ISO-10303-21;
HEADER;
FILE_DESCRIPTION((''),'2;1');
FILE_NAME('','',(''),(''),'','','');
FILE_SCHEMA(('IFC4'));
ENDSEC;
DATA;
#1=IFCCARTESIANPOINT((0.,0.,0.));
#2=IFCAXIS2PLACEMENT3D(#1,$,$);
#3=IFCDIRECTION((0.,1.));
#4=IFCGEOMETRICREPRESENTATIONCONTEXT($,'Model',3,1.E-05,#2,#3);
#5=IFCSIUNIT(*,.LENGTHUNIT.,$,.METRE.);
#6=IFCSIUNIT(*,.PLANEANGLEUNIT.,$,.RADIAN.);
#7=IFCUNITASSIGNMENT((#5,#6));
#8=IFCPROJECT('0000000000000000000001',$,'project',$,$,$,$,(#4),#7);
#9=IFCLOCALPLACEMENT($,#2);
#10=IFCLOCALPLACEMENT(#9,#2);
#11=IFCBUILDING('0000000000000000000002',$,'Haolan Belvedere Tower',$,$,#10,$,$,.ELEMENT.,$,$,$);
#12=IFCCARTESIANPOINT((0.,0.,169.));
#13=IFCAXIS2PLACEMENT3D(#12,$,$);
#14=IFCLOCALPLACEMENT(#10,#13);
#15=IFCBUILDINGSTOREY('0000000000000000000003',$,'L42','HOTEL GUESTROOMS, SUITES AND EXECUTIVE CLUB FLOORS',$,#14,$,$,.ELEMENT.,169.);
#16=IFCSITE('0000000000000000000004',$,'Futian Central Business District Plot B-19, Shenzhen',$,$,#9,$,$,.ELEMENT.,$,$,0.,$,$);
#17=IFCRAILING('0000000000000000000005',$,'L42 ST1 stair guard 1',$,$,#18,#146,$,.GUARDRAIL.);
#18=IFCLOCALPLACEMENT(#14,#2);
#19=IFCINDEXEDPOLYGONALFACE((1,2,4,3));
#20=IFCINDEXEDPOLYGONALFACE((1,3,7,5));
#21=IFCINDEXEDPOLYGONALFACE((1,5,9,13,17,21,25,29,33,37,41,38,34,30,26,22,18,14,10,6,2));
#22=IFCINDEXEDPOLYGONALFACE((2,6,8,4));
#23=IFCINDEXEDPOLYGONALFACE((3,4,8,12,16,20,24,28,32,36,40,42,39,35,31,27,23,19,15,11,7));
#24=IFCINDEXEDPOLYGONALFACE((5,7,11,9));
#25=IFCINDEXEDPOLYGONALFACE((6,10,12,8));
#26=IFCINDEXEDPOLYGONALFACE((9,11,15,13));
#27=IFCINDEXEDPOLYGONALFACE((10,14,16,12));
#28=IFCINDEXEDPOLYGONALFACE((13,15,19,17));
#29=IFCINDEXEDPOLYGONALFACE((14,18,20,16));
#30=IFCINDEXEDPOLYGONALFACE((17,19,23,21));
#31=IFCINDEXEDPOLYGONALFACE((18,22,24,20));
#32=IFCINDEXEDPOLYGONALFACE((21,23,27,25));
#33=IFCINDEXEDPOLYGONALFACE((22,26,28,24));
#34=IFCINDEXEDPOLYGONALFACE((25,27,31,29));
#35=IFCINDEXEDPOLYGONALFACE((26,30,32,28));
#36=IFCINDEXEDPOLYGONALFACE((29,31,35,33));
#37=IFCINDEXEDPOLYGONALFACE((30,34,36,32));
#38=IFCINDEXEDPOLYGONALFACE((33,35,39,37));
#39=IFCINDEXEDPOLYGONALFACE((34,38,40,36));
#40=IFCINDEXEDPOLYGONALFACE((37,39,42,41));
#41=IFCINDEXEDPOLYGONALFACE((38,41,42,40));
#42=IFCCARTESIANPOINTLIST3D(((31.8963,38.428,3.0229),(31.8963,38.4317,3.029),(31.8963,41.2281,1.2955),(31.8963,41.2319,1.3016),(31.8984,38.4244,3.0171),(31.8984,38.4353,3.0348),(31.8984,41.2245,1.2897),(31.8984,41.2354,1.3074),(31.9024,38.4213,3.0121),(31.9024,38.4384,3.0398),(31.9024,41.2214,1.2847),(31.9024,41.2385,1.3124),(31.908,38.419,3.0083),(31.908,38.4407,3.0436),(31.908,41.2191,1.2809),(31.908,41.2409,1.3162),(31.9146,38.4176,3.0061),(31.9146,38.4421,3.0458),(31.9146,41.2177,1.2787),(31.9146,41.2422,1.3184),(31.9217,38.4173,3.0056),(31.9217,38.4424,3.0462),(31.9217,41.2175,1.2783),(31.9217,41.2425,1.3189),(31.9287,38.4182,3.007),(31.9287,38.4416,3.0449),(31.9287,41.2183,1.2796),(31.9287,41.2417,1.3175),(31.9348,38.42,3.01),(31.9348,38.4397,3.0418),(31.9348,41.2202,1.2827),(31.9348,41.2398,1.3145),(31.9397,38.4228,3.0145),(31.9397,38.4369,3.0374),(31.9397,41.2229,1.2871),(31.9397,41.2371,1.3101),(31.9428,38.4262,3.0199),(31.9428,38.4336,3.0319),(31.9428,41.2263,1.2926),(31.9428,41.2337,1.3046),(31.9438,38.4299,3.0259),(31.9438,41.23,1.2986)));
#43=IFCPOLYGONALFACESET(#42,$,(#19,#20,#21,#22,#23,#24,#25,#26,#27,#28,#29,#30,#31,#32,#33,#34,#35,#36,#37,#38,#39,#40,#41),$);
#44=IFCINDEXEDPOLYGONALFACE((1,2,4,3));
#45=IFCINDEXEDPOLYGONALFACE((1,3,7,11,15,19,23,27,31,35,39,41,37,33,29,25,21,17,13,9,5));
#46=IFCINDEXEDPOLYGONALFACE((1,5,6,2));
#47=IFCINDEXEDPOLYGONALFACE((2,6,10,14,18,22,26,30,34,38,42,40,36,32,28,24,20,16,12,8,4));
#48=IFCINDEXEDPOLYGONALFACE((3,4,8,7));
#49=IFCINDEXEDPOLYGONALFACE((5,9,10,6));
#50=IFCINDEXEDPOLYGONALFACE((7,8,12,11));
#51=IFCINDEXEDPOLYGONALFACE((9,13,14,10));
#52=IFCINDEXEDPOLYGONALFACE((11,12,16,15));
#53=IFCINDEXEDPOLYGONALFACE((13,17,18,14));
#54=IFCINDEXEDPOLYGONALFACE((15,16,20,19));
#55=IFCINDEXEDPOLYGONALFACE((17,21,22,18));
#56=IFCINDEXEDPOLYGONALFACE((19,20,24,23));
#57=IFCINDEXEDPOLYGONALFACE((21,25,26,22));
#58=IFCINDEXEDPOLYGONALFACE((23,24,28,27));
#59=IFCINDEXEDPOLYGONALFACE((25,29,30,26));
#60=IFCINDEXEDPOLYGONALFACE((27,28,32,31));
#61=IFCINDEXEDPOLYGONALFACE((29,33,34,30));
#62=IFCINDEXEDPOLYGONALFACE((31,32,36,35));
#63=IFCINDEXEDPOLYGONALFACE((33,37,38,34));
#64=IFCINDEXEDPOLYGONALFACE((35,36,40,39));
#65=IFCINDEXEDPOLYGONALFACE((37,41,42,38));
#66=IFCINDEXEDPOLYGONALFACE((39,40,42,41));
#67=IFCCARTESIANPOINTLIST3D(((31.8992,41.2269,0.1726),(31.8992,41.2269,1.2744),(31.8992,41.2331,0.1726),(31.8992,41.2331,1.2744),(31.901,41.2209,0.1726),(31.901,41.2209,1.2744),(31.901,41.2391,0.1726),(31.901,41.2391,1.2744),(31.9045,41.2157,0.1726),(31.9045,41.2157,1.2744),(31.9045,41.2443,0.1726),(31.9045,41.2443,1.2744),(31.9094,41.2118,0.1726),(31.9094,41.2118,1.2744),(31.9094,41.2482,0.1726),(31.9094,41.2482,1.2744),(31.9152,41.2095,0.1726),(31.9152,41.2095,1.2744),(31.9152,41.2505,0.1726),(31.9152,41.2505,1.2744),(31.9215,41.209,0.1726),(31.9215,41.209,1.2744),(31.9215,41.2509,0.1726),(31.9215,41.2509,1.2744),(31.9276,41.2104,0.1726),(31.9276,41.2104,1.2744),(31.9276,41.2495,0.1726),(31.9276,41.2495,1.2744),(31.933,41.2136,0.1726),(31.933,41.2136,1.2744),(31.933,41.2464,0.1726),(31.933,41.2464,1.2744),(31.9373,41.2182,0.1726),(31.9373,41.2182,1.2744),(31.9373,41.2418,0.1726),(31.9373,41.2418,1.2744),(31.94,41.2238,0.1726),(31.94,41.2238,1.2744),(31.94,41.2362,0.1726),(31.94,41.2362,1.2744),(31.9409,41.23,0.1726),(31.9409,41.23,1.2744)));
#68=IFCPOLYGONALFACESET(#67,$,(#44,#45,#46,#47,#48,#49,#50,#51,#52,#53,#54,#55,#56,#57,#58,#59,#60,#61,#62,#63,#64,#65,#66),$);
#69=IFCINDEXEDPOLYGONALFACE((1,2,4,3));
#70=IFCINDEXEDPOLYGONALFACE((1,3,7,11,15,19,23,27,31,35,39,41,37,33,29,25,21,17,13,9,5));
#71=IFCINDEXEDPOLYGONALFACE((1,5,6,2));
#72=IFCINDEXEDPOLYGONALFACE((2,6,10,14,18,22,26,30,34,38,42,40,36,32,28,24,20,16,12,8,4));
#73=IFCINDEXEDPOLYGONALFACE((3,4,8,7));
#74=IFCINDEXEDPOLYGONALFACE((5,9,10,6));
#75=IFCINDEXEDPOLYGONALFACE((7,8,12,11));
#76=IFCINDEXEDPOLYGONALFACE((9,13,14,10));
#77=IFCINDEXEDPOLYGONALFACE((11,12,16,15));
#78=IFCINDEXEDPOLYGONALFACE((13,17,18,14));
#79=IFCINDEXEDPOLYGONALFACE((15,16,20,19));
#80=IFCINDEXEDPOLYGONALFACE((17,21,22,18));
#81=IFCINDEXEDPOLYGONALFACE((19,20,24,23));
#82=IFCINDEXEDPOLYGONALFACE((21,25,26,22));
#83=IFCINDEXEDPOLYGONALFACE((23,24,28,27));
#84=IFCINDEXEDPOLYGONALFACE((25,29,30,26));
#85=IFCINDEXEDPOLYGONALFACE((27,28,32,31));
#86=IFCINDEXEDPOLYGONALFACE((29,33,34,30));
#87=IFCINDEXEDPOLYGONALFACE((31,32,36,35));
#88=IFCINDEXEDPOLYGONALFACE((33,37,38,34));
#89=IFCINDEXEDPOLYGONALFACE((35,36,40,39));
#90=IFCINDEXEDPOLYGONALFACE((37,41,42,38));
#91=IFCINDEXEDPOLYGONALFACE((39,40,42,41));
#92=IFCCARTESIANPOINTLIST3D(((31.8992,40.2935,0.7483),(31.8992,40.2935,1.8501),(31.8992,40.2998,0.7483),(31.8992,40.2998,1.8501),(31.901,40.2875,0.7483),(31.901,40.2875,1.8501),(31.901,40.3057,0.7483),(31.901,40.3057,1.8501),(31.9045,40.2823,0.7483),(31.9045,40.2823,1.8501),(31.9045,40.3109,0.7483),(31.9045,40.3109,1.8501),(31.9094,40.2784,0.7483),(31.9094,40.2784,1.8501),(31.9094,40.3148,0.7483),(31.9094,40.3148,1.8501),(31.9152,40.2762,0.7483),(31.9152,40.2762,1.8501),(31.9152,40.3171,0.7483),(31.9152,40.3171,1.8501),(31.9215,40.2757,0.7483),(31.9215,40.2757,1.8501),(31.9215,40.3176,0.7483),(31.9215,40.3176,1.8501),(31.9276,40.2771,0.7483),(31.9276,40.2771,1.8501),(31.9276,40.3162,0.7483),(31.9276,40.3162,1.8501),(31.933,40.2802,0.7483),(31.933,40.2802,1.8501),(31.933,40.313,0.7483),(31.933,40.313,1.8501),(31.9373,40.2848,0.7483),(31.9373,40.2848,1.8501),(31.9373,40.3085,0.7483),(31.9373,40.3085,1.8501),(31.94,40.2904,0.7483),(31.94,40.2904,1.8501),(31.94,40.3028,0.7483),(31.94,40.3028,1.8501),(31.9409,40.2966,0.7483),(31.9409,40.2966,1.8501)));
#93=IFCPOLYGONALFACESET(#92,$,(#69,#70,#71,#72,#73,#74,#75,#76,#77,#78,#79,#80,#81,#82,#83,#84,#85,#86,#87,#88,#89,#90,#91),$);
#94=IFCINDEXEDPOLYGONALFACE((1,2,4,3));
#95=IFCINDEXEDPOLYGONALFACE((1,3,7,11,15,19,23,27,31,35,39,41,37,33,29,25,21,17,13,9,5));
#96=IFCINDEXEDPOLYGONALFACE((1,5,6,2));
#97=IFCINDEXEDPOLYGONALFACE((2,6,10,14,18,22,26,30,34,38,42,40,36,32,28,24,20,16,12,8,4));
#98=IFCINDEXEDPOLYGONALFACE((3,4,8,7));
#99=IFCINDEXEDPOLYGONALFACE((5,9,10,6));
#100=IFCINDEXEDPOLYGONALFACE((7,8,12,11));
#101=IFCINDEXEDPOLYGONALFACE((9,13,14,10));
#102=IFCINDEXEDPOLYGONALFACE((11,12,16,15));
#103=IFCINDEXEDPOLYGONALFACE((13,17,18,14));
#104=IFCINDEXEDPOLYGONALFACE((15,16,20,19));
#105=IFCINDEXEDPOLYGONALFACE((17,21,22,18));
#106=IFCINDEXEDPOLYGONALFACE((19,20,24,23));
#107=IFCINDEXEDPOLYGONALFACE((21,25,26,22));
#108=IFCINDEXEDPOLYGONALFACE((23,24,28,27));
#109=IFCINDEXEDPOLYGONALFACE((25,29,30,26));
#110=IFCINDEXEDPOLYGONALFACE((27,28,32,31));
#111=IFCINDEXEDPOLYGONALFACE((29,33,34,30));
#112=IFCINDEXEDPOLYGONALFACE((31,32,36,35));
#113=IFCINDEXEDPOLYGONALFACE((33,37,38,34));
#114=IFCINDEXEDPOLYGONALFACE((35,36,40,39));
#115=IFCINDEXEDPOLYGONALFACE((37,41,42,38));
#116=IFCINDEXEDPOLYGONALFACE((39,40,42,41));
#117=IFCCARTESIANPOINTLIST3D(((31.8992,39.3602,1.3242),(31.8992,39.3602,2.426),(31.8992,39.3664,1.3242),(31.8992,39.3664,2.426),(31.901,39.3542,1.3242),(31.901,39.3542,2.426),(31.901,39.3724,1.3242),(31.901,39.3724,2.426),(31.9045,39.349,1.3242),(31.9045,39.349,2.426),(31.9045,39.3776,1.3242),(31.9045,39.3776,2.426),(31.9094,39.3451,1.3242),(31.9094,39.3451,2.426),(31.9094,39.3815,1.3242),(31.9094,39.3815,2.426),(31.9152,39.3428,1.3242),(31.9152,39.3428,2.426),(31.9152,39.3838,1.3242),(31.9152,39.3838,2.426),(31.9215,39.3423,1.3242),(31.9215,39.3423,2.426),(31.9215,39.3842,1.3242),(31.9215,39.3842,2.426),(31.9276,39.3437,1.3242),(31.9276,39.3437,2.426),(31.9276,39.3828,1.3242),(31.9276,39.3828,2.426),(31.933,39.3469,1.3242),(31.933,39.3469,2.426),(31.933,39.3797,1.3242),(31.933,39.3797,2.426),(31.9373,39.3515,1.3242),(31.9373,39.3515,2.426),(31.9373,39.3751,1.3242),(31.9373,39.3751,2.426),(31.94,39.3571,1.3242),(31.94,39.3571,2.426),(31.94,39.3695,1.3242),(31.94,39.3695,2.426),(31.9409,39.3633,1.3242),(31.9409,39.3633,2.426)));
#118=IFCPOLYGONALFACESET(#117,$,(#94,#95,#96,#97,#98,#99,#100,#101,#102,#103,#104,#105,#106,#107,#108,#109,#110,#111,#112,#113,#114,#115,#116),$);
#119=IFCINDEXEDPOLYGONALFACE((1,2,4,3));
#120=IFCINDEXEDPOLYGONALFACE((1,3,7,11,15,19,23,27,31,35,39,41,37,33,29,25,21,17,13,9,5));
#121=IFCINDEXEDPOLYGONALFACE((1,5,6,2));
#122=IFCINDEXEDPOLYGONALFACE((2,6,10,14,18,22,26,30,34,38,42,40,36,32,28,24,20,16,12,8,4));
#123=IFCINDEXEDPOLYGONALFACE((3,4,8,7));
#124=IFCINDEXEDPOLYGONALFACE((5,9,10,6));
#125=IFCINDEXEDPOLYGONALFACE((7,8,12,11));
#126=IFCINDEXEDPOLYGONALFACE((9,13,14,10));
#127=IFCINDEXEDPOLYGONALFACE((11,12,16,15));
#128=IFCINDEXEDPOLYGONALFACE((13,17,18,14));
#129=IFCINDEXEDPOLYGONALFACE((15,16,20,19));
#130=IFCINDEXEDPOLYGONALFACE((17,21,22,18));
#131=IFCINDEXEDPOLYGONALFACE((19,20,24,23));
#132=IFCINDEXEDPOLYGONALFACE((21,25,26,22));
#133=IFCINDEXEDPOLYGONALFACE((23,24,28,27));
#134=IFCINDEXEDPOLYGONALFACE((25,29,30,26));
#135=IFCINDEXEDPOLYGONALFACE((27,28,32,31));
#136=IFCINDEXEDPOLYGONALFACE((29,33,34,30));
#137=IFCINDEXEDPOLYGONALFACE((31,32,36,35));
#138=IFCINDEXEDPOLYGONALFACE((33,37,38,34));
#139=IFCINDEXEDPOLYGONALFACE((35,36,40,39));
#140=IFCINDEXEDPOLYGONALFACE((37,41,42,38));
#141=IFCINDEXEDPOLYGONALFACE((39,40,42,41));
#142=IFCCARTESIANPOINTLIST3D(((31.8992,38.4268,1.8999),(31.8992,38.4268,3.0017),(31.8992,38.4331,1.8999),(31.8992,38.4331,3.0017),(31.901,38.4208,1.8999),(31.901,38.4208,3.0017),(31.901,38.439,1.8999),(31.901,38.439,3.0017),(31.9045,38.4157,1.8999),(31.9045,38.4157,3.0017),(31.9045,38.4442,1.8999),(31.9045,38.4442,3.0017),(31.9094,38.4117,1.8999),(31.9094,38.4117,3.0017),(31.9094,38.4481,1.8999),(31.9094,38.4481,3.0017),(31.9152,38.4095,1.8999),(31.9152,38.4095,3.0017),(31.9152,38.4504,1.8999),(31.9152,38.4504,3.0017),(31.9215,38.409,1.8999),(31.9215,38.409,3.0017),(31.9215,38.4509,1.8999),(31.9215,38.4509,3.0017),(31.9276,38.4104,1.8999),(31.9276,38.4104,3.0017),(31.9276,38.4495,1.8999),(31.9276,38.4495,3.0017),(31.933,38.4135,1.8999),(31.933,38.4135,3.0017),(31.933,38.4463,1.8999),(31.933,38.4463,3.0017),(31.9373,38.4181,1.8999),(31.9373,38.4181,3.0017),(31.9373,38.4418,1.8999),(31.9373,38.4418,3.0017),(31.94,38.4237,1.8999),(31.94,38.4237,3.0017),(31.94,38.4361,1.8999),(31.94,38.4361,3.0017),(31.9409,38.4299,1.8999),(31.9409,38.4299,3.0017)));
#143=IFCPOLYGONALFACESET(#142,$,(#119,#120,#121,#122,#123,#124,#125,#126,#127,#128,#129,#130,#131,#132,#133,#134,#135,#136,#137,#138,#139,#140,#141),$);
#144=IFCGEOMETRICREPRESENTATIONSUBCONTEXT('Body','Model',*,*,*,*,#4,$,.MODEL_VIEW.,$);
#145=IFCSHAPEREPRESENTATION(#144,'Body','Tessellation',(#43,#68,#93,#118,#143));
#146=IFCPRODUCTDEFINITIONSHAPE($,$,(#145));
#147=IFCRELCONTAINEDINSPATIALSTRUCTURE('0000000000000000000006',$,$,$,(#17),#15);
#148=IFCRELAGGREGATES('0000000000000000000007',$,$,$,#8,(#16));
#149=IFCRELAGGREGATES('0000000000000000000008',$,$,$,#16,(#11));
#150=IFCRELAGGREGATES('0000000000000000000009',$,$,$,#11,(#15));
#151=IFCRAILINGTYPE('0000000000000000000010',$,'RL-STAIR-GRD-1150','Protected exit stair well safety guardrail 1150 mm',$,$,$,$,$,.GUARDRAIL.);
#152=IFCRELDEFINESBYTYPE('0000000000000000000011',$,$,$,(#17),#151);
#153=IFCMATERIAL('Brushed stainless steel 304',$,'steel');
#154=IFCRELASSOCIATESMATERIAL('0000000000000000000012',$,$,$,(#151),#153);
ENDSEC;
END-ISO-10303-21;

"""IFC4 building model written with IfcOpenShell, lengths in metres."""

from ifc_helpers import new_model, si_unit, direction, frame, origin, origin_2d, place, context, subcontext, project, spatial, circle, extrude, material, type_object, element, save


model = new_model("IFC4")

# Units and contexts
model_context = context("Model", 3, precision=1e-05, world=origin(), true_north=direction((0.0, 1.0)))
body_context = subcontext(model_context, "Body", "Model", "MODEL_VIEW")
ifc_project = project(units=[si_unit("LENGTHUNIT", "METRE"), si_unit("PLANEANGLEUNIT", "RADIAN")], contexts=[model_context])

# Site, building, storey
site_placement = place(None, origin())
site = spatial("IfcSite", under=ifc_project, at=site_placement, Name="Futian Central Business District Plot B-19, Shenzhen", CompositionType="ELEMENT", RefElevation=0.0)
building_placement = place(site_placement, origin())
building = spatial("IfcBuilding", under=site, at=building_placement, Name="Haolan Belvedere Tower", CompositionType="ELEMENT")
storey_placement = place(building_placement, frame((0.0, 0.0, 169.0)))
storey = spatial("IfcBuildingStorey", under=building, at=storey_placement, Name="L42", Description="HOTEL GUESTROOMS, SUITES AND EXECUTIVE CLUB FLOORS", CompositionType="ELEMENT", Elevation=169.0)

# Railing
ifc_material_1 = material(Name="Brushed stainless steel 304", Category="steel")
railing_type_1 = type_object("IfcRailingType", Name="RL-STAIR-GRD-1150", Description="Protected exit stair well safety guardrail 1150 mm", PredefinedType="GUARDRAIL", material=ifc_material_1)
railing_1_placement = place(storey_placement, frame((31.9199, 41.23, 0.1726)))
element("IfcRailing", 1, at=railing_1_placement, inside=storey, type_object=railing_type_1, Name="L42 ST1 stair guard 1", PredefinedType="GUARDRAIL", context=body_context, shape_type="SweptSolid", body=[
    extrude(circle(Radius=0.0239, at=origin_2d()), frame((0.0, 0.0, 1.126), z_axis=(0.0, -0.85109, 0.52502), x_axis=(1.0, 0.0, 0.0)), (0.0, 0.0, 1.0), 3.29),
    extrude(circle(Radius=0.021, at=origin_2d()), origin(), (0.0, 0.0, 1.0), 1.1018),
    extrude(circle(Radius=0.021, at=origin_2d()), frame((0.0, -0.9333, 0.5757)), (0.0, 0.0, 1.0), 1.1018),
    extrude(circle(Radius=0.021, at=origin_2d()), frame((0.0, -1.8667, 1.1516)), (0.0, 0.0, 1.0), 1.1018),
    extrude(circle(Radius=0.021, at=origin_2d()), frame((0.0, -2.8, 1.7273)), (0.0, 0.0, 1.0), 1.1018),
])

save(model, "model.ifc")
